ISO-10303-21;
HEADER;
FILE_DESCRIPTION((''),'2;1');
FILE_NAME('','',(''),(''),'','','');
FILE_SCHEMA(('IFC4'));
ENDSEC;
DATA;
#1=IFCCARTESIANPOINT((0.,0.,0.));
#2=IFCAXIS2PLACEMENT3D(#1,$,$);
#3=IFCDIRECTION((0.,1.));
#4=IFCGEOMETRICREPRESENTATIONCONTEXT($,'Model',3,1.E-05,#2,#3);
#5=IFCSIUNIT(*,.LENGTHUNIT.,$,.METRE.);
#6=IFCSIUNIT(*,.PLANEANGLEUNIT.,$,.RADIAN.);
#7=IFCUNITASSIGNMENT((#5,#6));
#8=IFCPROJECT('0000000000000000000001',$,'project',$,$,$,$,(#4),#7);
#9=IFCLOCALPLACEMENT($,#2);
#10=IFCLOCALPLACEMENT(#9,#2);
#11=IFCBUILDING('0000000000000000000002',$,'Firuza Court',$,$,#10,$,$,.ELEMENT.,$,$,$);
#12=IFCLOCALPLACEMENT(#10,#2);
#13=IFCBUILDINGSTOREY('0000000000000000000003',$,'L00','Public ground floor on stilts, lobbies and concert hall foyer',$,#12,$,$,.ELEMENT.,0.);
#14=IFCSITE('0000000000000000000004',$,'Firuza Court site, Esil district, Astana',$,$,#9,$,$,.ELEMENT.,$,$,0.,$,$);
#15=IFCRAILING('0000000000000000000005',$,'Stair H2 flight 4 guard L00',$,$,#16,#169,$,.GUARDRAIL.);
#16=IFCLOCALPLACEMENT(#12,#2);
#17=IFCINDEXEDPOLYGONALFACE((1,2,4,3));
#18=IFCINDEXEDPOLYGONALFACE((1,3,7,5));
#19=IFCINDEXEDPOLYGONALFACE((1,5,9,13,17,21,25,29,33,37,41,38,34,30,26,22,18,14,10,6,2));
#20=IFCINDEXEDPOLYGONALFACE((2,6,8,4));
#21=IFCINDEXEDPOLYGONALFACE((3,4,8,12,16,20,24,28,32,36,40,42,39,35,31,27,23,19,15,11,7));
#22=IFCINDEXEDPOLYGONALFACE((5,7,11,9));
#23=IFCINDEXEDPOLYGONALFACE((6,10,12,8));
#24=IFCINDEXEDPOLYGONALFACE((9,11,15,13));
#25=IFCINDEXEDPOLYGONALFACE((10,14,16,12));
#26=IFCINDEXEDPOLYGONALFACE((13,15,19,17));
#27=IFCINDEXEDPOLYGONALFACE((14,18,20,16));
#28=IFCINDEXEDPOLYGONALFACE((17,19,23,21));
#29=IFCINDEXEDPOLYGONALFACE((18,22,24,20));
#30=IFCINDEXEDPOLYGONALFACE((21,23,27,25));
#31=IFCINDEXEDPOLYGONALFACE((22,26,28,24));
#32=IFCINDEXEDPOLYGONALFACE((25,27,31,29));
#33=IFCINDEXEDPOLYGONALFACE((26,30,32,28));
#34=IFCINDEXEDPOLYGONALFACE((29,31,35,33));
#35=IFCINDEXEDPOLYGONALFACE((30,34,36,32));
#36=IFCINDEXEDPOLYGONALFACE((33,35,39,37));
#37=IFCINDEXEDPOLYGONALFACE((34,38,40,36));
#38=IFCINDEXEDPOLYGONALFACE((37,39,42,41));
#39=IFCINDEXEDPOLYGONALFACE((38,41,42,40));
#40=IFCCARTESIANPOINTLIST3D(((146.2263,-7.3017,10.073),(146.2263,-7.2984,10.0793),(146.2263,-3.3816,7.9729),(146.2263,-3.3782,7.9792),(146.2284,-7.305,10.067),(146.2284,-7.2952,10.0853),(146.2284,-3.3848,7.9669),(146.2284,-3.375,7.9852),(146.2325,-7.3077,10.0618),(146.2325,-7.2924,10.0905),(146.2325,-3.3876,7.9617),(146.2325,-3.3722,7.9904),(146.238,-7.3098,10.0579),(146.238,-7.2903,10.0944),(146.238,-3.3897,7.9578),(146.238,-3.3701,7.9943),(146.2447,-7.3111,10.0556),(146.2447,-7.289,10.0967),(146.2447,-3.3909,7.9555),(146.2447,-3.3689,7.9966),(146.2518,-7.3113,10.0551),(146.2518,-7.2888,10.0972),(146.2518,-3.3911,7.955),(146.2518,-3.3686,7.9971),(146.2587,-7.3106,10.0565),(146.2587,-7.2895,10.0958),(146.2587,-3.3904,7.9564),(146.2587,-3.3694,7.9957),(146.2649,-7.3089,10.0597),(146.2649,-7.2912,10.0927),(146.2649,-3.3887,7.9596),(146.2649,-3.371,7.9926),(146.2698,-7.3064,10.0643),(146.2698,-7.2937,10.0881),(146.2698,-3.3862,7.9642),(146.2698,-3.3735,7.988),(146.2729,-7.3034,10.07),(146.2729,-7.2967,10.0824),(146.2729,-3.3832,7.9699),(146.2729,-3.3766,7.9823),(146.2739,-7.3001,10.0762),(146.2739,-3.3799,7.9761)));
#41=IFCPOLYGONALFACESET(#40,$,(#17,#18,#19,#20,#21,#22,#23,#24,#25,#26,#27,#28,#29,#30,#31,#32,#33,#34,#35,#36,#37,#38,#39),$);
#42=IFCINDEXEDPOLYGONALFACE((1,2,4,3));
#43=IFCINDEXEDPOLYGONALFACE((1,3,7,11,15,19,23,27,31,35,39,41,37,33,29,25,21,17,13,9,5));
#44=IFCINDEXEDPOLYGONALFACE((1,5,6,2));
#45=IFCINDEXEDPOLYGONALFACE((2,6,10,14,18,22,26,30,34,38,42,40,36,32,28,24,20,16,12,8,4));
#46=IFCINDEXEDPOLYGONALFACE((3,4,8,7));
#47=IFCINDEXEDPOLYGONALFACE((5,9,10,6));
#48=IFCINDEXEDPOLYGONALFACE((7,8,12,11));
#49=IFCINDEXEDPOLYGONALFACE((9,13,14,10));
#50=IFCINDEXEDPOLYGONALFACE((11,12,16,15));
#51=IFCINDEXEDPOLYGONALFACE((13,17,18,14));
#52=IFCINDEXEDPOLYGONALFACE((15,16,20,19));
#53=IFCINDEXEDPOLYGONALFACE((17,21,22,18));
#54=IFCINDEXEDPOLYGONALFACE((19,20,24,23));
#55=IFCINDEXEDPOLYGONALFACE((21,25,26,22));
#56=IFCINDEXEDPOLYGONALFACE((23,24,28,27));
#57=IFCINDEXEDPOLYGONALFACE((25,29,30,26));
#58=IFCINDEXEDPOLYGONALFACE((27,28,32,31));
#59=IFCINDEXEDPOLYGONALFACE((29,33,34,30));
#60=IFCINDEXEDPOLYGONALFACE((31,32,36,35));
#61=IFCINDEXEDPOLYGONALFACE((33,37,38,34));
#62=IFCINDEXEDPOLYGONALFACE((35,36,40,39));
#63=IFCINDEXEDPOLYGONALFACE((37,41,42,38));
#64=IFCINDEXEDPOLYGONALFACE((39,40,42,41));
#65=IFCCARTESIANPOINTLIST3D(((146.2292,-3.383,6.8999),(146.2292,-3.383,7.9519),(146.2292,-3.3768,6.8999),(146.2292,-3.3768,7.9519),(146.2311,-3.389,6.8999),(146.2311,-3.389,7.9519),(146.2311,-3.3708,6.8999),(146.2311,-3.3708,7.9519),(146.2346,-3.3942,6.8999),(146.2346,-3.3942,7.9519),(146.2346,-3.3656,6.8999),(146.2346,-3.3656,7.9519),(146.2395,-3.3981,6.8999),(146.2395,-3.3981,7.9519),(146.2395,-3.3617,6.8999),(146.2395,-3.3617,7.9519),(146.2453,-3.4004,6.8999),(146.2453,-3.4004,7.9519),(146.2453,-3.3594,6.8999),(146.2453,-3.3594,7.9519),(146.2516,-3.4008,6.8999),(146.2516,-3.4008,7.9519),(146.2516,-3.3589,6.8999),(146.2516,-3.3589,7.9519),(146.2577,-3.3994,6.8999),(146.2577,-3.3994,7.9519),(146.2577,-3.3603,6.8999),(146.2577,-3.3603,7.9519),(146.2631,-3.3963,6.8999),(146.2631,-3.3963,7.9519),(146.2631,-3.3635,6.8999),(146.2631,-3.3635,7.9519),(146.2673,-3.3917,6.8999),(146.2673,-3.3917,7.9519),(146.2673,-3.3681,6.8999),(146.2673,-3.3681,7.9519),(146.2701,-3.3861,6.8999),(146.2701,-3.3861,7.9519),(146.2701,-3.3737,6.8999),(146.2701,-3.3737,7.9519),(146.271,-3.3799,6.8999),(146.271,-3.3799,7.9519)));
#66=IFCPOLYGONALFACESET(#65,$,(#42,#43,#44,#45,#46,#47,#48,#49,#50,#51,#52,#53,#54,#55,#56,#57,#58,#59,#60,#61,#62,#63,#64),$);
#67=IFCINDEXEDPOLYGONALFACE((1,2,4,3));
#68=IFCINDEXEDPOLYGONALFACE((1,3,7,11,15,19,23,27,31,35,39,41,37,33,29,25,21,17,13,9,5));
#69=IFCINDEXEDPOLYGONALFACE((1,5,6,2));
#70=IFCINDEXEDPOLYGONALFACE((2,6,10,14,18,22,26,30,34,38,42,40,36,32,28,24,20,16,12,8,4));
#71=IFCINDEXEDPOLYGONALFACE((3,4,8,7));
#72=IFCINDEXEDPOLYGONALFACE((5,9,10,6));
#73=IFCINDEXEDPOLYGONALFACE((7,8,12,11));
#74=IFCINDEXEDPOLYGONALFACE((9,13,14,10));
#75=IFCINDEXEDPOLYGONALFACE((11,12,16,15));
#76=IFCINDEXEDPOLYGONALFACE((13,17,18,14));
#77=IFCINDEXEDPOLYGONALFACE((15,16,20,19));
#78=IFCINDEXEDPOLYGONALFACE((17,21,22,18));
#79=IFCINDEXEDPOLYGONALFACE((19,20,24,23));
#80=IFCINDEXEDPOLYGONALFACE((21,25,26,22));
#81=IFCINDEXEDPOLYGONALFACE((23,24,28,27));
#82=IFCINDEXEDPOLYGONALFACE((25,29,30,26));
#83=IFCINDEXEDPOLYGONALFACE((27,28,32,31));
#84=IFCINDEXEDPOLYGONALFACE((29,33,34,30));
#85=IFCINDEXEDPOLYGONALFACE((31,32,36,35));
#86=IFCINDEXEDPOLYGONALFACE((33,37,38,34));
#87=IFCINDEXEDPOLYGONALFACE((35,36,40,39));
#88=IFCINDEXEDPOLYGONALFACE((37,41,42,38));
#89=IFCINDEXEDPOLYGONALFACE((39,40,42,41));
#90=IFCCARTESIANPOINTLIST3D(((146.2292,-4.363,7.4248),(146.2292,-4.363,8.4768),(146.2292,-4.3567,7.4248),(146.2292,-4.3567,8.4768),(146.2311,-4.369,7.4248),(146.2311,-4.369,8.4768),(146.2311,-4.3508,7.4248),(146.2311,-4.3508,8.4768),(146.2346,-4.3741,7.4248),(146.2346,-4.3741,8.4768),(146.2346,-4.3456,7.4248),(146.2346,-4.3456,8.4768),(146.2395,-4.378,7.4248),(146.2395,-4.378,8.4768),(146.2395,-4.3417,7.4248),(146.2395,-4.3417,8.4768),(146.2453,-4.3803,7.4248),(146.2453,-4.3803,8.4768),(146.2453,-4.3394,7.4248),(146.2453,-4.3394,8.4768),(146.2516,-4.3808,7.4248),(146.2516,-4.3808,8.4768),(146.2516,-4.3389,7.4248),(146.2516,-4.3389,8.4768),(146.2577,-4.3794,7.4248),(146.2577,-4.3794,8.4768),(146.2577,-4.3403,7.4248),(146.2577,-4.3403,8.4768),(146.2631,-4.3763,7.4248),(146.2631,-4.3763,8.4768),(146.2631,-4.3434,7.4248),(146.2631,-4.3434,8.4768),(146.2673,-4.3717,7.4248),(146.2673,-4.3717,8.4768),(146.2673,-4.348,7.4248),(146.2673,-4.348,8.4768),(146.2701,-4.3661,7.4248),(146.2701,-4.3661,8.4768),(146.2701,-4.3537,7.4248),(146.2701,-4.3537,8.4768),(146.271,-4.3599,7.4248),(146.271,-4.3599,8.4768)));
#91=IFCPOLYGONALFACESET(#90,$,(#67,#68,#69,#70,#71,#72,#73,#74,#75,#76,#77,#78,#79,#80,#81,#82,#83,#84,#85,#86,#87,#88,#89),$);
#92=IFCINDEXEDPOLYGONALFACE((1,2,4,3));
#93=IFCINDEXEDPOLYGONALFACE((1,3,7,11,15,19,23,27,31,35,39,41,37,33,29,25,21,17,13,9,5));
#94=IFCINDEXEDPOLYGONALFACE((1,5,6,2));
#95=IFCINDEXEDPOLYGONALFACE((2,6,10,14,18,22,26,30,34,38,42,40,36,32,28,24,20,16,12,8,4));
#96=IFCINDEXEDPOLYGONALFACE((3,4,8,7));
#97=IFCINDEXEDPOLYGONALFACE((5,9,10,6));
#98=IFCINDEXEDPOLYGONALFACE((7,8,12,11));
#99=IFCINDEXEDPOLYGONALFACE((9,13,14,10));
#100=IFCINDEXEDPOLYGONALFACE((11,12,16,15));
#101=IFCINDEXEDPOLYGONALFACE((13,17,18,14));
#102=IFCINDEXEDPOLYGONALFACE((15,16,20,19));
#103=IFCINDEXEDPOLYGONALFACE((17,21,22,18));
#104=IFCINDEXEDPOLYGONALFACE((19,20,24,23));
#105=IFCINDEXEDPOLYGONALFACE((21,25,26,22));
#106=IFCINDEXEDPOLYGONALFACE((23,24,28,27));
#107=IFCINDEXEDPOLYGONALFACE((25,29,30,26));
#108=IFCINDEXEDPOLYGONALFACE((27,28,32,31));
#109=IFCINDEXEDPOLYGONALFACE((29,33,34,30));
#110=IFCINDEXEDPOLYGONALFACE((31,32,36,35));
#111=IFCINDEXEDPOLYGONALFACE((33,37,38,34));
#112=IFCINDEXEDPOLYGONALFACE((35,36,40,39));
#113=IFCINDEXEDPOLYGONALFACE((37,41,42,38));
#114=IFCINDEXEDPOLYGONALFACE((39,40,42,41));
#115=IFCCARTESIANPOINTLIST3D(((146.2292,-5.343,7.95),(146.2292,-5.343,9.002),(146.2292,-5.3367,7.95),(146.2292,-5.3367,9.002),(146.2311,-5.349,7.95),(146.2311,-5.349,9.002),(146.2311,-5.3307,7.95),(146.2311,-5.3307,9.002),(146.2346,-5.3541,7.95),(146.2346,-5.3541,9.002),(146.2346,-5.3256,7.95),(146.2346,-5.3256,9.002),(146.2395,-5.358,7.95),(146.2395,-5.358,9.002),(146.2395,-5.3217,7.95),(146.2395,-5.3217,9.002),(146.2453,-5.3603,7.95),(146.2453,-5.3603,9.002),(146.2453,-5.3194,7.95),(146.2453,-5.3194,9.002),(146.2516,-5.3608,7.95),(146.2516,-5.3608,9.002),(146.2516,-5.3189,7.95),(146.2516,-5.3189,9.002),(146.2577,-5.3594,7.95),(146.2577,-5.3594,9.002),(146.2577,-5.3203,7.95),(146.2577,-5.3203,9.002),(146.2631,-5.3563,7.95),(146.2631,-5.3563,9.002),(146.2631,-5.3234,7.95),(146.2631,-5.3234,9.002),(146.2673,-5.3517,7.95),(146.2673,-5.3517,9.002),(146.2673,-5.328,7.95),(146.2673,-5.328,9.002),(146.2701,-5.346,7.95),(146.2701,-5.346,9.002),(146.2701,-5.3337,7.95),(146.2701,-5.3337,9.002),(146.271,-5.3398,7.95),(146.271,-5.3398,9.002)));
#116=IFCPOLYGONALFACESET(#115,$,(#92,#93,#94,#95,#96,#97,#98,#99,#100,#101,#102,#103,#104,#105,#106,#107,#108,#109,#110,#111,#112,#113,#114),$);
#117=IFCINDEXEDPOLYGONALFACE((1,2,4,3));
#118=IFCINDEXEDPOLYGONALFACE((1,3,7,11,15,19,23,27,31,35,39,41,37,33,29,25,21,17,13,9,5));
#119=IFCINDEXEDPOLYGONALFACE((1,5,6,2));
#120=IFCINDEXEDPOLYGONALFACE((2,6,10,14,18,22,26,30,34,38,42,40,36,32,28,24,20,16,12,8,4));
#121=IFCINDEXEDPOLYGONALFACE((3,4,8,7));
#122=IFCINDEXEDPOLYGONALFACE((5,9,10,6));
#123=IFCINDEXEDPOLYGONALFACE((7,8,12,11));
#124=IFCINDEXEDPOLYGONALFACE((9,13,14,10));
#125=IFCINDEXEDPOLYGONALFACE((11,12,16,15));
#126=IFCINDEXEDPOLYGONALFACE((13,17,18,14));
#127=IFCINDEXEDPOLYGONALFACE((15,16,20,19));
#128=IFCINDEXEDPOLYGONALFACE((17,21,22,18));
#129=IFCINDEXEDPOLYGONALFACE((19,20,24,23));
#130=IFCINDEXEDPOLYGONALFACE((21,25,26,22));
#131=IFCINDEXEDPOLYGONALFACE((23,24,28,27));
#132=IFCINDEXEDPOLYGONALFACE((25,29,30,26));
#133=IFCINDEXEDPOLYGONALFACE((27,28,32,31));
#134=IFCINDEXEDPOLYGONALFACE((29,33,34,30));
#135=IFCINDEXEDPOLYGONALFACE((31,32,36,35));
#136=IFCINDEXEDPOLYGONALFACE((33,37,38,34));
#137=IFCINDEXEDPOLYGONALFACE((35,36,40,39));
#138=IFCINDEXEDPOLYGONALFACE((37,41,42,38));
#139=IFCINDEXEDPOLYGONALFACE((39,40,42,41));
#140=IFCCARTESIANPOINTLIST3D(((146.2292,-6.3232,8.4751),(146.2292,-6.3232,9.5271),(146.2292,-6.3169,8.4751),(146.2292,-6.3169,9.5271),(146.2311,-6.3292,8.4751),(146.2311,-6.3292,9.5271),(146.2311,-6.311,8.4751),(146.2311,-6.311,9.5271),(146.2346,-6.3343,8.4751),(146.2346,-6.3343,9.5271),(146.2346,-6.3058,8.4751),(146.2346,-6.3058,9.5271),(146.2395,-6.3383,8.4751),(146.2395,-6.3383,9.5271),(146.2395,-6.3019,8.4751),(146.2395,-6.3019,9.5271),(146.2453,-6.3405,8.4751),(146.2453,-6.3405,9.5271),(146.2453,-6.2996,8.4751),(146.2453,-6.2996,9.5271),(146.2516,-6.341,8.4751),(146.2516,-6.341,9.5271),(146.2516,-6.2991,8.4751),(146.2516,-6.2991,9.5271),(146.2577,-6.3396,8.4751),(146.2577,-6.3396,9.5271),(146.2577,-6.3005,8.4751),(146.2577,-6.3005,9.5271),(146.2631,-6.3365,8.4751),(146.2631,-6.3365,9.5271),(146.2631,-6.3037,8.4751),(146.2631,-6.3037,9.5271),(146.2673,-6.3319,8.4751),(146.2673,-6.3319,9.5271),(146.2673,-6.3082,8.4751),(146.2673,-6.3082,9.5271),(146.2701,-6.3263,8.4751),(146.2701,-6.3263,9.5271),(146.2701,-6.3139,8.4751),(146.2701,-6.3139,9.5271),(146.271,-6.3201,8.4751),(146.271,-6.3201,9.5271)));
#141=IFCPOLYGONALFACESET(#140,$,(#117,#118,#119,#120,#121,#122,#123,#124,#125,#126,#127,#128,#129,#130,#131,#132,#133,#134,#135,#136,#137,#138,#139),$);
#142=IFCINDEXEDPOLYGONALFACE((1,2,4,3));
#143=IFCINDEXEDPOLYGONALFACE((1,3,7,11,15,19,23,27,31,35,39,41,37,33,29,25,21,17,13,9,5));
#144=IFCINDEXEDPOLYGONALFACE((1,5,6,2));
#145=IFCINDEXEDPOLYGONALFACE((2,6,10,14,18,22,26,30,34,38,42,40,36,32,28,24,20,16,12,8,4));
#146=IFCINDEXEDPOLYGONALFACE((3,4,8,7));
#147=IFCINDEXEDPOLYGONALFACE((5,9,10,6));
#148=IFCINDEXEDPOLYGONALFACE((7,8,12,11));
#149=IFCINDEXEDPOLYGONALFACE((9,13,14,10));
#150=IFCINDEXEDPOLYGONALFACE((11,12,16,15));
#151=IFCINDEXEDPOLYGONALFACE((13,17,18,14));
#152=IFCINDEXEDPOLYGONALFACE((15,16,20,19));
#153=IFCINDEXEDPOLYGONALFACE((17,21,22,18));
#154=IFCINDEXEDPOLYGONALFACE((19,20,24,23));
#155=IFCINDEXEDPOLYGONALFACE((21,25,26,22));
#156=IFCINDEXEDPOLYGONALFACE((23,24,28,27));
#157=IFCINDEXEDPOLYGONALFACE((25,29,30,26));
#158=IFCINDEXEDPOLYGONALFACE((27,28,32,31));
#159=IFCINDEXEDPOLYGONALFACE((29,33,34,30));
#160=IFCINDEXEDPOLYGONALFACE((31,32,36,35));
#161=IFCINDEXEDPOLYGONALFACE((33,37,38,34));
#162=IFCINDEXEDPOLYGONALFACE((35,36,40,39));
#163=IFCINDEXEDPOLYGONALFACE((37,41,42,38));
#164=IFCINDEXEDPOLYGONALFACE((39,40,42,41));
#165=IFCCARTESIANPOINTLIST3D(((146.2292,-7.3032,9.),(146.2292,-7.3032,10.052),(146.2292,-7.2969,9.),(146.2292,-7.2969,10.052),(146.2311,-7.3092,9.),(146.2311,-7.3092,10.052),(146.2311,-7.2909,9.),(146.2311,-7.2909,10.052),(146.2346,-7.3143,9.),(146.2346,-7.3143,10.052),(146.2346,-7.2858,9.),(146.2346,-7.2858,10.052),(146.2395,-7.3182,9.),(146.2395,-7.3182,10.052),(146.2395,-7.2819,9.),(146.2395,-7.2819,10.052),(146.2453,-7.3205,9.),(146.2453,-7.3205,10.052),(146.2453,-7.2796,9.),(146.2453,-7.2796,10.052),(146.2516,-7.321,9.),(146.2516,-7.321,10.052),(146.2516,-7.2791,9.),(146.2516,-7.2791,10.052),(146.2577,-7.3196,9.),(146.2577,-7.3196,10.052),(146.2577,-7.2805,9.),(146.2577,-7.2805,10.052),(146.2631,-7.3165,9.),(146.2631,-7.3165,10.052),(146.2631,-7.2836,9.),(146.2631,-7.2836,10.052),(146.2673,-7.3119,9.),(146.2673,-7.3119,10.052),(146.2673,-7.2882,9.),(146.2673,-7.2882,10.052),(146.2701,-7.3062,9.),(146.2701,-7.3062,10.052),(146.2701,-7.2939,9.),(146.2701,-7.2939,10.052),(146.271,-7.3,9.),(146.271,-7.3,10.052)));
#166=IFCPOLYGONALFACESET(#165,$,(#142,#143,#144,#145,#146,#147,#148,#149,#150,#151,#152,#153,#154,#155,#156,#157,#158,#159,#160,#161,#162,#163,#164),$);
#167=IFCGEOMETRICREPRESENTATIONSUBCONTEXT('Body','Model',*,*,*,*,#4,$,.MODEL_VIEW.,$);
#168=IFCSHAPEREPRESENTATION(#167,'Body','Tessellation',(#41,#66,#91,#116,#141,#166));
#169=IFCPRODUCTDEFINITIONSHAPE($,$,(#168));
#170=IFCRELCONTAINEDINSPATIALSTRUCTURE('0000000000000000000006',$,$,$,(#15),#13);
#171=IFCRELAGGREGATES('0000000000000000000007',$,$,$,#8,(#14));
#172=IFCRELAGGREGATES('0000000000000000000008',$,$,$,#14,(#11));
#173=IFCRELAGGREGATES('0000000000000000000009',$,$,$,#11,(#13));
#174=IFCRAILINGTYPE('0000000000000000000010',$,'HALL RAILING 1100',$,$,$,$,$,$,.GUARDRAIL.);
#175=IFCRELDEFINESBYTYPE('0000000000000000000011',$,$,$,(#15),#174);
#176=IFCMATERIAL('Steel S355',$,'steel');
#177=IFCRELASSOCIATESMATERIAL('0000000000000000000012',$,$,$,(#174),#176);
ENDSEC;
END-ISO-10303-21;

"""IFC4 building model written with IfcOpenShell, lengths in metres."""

from ifc_helpers import new_model, si_unit, direction, frame, origin, origin_2d, place, context, subcontext, project, spatial, circle, extrude, material, type_object, element, save


model = new_model("IFC4")

# Units and contexts
model_context = context("Model", 3, precision=1e-05, world=origin(), true_north=direction((0.0, 1.0)))
body_context = subcontext(model_context, "Body", "Model", "MODEL_VIEW")
ifc_project = project(units=[si_unit("LENGTHUNIT", "METRE"), si_unit("PLANEANGLEUNIT", "RADIAN")], contexts=[model_context])

# Site, building, storey
site_placement = place(None, origin())
site = spatial("IfcSite", under=ifc_project, at=site_placement, Name="Firuza Court site, Esil district, Astana", CompositionType="ELEMENT", RefElevation=0.0)
building_placement = place(site_placement, origin())
building = spatial("IfcBuilding", under=site, at=building_placement, Name="Firuza Court", CompositionType="ELEMENT")
storey_placement = place(building_placement, origin())
storey = spatial("IfcBuildingStorey", under=building, at=storey_placement, Name="L00", Description="Public ground floor on stilts, lobbies and concert hall foyer", CompositionType="ELEMENT", Elevation=0.0)

# Railing
ifc_material_1 = material(Name="Steel S355", Category="steel")
railing_type_1 = type_object("IfcRailingType", Name="HALL RAILING 1100", PredefinedType="GUARDRAIL", material=ifc_material_1)
railing_1_placement = place(storey_placement, frame((146.25, -3.3799, 6.8999)))
element("IfcRailing", 1, at=railing_1_placement, inside=storey, type_object=railing_type_1, Name="Stair H2 flight 4 guard L00", PredefinedType="GUARDRAIL", context=body_context, shape_type="SweptSolid", body=[
    extrude(circle(Radius=0.0239, at=origin_2d()), frame((0.0, 0.0, 1.0762), z_axis=(0.0, -0.881479, 0.472223), x_axis=(1.0, 0.0, 0.0)), (0.0, 0.0, 1.0), 4.4473),
    extrude(circle(Radius=0.021, at=origin_2d()), origin(), (0.0, 0.0, 1.0), 1.052),
    extrude(circle(Radius=0.021, at=origin_2d()), frame((0.0, -0.98, 0.5249)), (0.0, 0.0, 1.0), 1.052),
    extrude(circle(Radius=0.021, at=origin_2d()), frame((0.0, -1.96, 1.05)), (0.0, 0.0, 1.0), 1.052),
    extrude(circle(Radius=0.021, at=origin_2d()), frame((0.0, -2.9402, 1.5752)), (0.0, 0.0, 1.0), 1.052),
    extrude(circle(Radius=0.021, at=origin_2d()), frame((0.0, -3.9202, 2.1001)), (0.0, 0.0, 1.0), 1.052),
])

save(model, "model.ifc")
